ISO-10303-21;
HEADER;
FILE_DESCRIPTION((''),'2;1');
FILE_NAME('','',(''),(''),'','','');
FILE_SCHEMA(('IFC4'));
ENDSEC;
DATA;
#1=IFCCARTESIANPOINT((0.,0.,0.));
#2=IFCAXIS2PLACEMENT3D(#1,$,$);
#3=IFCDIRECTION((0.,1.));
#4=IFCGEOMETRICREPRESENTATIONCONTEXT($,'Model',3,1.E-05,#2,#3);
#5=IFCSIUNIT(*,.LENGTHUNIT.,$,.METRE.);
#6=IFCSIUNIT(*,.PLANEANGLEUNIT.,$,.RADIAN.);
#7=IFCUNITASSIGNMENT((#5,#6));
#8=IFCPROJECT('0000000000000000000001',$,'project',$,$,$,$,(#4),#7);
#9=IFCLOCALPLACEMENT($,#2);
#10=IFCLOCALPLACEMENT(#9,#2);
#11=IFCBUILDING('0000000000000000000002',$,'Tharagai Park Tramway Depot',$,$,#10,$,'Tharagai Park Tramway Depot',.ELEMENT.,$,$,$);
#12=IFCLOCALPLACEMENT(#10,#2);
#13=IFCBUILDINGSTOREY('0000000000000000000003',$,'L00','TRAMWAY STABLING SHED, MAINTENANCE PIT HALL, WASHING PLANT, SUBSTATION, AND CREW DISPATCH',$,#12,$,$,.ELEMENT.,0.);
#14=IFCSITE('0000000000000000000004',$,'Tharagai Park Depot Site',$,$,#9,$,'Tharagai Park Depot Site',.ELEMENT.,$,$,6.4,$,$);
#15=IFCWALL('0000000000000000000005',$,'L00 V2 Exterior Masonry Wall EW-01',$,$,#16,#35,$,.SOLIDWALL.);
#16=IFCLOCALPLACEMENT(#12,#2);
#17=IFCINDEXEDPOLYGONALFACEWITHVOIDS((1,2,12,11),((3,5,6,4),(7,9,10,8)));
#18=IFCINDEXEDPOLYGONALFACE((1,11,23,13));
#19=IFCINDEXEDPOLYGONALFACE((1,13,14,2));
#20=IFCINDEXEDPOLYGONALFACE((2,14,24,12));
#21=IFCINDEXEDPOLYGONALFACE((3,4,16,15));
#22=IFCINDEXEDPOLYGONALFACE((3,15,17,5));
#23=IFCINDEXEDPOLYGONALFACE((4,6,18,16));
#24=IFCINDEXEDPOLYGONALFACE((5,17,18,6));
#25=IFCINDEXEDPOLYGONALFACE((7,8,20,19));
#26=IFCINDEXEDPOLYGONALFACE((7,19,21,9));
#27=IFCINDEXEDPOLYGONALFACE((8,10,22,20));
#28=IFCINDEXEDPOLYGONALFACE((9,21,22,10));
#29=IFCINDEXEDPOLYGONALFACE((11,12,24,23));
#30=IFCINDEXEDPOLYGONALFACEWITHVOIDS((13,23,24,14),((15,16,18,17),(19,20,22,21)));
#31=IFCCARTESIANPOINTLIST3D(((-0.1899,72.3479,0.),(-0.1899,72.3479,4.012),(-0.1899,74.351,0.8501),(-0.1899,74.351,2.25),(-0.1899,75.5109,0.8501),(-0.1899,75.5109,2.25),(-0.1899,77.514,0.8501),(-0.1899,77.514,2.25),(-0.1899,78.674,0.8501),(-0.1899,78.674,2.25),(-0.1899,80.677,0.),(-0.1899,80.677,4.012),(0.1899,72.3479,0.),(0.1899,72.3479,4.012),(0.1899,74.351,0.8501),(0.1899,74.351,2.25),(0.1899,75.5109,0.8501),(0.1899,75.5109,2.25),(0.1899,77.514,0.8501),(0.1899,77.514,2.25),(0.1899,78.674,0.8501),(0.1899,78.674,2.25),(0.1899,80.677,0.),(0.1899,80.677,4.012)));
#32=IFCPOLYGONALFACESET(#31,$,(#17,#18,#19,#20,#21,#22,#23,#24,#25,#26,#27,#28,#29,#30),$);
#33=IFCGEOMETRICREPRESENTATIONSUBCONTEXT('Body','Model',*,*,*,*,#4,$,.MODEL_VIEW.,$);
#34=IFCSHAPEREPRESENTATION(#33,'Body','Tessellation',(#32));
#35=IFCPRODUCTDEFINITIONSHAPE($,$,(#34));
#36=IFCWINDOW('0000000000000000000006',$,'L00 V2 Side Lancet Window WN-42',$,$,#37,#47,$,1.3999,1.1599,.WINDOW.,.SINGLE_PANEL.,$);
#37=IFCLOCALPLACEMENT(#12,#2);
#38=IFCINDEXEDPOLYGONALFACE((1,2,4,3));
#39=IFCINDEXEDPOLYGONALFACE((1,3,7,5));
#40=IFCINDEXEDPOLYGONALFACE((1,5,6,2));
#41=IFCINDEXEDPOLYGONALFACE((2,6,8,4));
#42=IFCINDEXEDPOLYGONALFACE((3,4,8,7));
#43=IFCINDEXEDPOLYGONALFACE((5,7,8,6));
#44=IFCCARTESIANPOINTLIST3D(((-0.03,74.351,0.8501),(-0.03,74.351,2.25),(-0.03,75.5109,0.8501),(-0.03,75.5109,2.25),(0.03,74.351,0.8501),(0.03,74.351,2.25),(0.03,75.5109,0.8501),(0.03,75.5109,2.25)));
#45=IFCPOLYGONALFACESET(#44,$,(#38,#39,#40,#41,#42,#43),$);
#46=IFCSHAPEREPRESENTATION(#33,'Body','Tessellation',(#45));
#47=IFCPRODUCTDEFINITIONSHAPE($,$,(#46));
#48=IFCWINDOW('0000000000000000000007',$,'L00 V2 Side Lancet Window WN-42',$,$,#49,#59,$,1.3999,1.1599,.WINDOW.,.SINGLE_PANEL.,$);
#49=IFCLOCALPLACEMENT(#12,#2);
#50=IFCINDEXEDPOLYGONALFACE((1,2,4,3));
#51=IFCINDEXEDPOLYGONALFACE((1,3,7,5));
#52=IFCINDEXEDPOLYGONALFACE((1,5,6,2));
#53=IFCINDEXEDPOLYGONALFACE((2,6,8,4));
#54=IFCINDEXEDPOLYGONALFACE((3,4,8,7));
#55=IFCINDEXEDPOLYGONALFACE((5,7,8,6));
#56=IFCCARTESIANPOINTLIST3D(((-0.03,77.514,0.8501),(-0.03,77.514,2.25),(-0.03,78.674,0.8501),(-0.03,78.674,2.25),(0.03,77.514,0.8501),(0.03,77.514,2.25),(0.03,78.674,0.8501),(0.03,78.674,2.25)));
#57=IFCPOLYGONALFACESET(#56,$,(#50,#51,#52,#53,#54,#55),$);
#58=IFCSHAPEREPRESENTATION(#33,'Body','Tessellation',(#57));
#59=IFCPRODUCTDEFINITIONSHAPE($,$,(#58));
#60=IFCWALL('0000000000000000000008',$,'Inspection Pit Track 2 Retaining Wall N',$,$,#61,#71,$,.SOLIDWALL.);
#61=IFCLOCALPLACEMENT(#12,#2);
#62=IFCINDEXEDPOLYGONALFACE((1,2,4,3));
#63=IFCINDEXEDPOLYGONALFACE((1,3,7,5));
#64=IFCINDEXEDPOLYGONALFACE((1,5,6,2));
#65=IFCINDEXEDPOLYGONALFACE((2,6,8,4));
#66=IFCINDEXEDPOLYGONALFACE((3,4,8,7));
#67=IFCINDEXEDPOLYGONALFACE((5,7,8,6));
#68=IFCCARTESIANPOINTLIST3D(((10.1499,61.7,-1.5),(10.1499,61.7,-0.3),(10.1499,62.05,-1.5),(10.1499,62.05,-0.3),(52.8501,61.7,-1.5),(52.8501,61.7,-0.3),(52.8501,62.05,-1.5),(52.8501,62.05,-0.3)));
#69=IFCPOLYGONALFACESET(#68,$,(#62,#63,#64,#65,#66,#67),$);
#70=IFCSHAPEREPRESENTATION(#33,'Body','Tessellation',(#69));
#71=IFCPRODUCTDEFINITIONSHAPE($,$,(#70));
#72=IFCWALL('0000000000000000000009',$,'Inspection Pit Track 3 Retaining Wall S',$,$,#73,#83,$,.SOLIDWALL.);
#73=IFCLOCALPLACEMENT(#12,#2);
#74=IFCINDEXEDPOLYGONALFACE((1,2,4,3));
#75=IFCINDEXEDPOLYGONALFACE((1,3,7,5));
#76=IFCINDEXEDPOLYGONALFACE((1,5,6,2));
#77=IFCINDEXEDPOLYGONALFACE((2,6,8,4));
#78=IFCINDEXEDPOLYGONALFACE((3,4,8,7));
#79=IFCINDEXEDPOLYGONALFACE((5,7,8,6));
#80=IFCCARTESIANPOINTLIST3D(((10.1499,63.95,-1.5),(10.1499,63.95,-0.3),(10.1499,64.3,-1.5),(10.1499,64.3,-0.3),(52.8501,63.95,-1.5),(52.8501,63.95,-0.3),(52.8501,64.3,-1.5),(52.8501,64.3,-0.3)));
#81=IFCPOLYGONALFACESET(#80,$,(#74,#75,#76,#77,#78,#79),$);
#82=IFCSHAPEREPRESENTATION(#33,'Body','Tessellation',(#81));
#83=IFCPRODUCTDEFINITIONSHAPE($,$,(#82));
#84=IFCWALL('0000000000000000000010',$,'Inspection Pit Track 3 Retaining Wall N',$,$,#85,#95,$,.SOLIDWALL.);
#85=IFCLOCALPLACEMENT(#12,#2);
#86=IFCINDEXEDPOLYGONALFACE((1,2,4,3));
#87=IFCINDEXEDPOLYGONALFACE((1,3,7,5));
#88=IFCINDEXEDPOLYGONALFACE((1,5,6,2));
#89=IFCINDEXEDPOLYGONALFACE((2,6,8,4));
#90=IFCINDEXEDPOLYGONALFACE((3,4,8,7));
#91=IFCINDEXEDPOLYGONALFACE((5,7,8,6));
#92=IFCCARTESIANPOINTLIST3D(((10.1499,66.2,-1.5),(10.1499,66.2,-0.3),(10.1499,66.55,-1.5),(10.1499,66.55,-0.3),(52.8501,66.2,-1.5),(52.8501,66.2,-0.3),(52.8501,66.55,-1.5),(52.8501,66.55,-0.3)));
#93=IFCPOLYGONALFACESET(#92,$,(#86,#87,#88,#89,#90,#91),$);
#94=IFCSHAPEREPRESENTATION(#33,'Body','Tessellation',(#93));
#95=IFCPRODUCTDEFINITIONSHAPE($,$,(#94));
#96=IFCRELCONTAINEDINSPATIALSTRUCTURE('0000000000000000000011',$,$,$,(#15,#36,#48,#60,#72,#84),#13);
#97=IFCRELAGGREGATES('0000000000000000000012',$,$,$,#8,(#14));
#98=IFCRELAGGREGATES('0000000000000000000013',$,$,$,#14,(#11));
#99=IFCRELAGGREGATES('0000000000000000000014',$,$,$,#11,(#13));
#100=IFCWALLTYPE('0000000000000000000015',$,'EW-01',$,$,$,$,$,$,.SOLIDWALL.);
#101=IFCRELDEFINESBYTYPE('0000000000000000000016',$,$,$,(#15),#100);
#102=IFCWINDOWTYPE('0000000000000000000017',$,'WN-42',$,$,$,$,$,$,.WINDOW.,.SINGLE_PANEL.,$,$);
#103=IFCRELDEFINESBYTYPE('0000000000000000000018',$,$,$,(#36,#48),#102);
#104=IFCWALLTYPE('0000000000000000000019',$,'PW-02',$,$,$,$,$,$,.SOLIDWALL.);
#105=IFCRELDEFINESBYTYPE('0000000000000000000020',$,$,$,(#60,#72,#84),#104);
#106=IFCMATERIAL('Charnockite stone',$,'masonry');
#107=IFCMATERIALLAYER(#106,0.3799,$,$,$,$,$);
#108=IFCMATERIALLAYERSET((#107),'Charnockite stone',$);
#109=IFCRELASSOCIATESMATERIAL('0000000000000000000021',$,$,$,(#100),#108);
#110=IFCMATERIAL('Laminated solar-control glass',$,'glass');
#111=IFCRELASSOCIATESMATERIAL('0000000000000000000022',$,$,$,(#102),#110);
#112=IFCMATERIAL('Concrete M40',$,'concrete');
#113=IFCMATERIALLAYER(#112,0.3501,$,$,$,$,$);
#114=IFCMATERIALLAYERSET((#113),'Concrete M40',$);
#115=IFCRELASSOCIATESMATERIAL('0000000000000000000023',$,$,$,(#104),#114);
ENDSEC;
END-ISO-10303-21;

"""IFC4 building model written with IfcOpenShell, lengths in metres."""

from ifc_helpers import new_model, si_unit, direction, frame, frame_2d, origin, place, context, subcontext, project, spatial, rectangle, extrude, material, layer, layer_set, type_object, element, fill, save


model = new_model("IFC4")

# Units and contexts
model_context = context("Model", 3, precision=1e-05, world=origin(), true_north=direction((0.0, 1.0)))
body_context = subcontext(model_context, "Body", "Model", "MODEL_VIEW")
ifc_project = project(units=[si_unit("LENGTHUNIT", "METRE"), si_unit("PLANEANGLEUNIT", "RADIAN")], contexts=[model_context])

# Site, building, storey
site_placement = place(None, origin())
site = spatial("IfcSite", under=ifc_project, at=site_placement, Name="Tharagai Park Depot Site", LongName="Tharagai Park Depot Site", CompositionType="ELEMENT", RefElevation=6.4)
building_placement = place(site_placement, origin())
building = spatial("IfcBuilding", under=site, at=building_placement, Name="Tharagai Park Tramway Depot", LongName="Tharagai Park Tramway Depot", CompositionType="ELEMENT")
storey_placement = place(building_placement, origin())
storey = spatial("IfcBuildingStorey", under=building, at=storey_placement, Name="L00", Description="TRAMWAY STABLING SHED, MAINTENANCE PIT HALL, WASHING PLANT, SUBSTATION, AND CREW DISPATCH", CompositionType="ELEMENT", Elevation=0.0)

# Shared definitions
ifc_material_1 = material(Name="Concrete M40", Category="concrete")

# Wall, openings, windows
ifc_material_2 = material(Name="Charnockite stone", Category="masonry")
ifc_layer_1 = layer(ifc_material_2, 0.3799)
ifc_layer_set_1 = layer_set([ifc_layer_1], Name="Charnockite stone")
wall_type_1 = type_object("IfcWallType", Name="EW-01", PredefinedType="SOLIDWALL", material=ifc_layer_set_1)
ifc_material_3 = material(Name="Laminated solar-control glass", Category="glass")
wall_1_placement = place(storey_placement, frame((0.0, 72.3479, 0.0), z_axis=(0.0, 0.0, 1.0), x_axis=(0.0, 1.0, 0.0)))
wall_1 = element("IfcWall", 1, at=wall_1_placement, inside=storey, type_object=wall_type_1, Name="L00 V2 Exterior Masonry Wall EW-01", PredefinedType="SOLIDWALL", context=body_context, shape_type="SweptSolid", body=[
    extrude(rectangle(XDim=8.3291, YDim=0.3799, at=frame_2d((4.1646, 0.0))), origin(), (0.0, 0.0, 1.0), 4.012),
])
opening_1_placement = place(wall_1_placement, frame((2.0029, 0.0, 0.8501)))
opening_1 = element("IfcOpeningElement", 2, at=opening_1_placement, cuts=wall_1, PredefinedType="OPENING", context=body_context, shape_type="SweptSolid", body=[
    extrude(rectangle(XDim=1.1599, YDim=1.3999, at=frame_2d((0.5801, 0.7))), frame((0.0, 0.2, 0.0), z_axis=(0.0, -1.0, 0.0), x_axis=(1.0, 0.0, 0.0)), (0.0, 0.0, 1.0), 0.3999),
])
opening_2_placement = place(wall_1_placement, frame((5.166, 0.0, 0.8501)))
opening_2 = element("IfcOpeningElement", 3, at=opening_2_placement, cuts=wall_1, PredefinedType="OPENING", context=body_context, shape_type="SweptSolid", body=[
    extrude(rectangle(XDim=1.1599, YDim=1.3999, at=frame_2d((0.5801, 0.7))), frame((0.0, 0.2, 0.0), z_axis=(0.0, -1.0, 0.0), x_axis=(1.0, 0.0, 0.0)), (0.0, 0.0, 1.0), 0.3999),
])
window_type_1 = type_object("IfcWindowType", Name="WN-42", PartitioningType="SINGLE_PANEL", PredefinedType="WINDOW", material=ifc_material_3)
window_1_placement = place(opening_1_placement, origin())
window_1 = element("IfcWindow", 4, at=window_1_placement, inside=storey, type_object=window_type_1, Name="L00 V2 Side Lancet Window WN-42", OverallHeight=1.3999, OverallWidth=1.1599, PartitioningType="SINGLE_PANEL", PredefinedType="WINDOW", context=body_context, shape_type="SweptSolid", body=[
    extrude(rectangle(XDim=1.1599, YDim=1.3999, at=frame_2d((0.5801, 0.7))), frame((0.0, 0.03, 0.0), z_axis=(0.0, -1.0, 0.0), x_axis=(1.0, 0.0, 0.0)), (0.0, 0.0, 1.0), 0.0601),
])
fill(opening_1, window_1)
window_2_placement = place(opening_2_placement, origin())
window_2 = element("IfcWindow", 5, at=window_2_placement, inside=storey, type_object=window_type_1, Name="L00 V2 Side Lancet Window WN-42", OverallHeight=1.3999, OverallWidth=1.1599, PartitioningType="SINGLE_PANEL", PredefinedType="WINDOW", context=body_context, shape_type="SweptSolid", body=[
    extrude(rectangle(XDim=1.1599, YDim=1.3999, at=frame_2d((0.5801, 0.7))), frame((0.0, 0.03, 0.0), z_axis=(0.0, -1.0, 0.0), x_axis=(1.0, 0.0, 0.0)), (0.0, 0.0, 1.0), 0.0601),
])
fill(opening_2, window_2)

# Walls
ifc_layer_2 = layer(ifc_material_1, 0.3501)
ifc_layer_set_2 = layer_set([ifc_layer_2], Name="Concrete M40")
wall_type_2 = type_object("IfcWallType", Name="PW-02", PredefinedType="SOLIDWALL", material=ifc_layer_set_2)
for number, where, z_axis, x_axis, name in (
    (6, (10.1499, 61.875, -1.5), (0.0, 0.0, 1.0), (1.0, 0.0, 0.0), "Inspection Pit Track 2 Retaining Wall N"),
    (7, (10.1499, 64.125, -1.5), (0.0, 0.0, 1.0), (1.0, 0.0, 0.0), "Inspection Pit Track 3 Retaining Wall S"),
    (8, (10.1499, 66.375, -1.5), (0.0, 0.0, 1.0), (1.0, 0.0, 0.0), "Inspection Pit Track 3 Retaining Wall N"),
):
    element("IfcWall", number, at=place(storey_placement, frame(where, z_axis=z_axis, x_axis=x_axis)), inside=storey, type_object=wall_type_2, Name=name, PredefinedType="SOLIDWALL", context=body_context, shape_type="SweptSolid", body=[
        extrude(rectangle(XDim=42.7002, YDim=0.3501, at=frame_2d((21.3501, 0.0))), origin(), (0.0, 0.0, 1.0), 1.2),
    ])

save(model, "model.ifc")
